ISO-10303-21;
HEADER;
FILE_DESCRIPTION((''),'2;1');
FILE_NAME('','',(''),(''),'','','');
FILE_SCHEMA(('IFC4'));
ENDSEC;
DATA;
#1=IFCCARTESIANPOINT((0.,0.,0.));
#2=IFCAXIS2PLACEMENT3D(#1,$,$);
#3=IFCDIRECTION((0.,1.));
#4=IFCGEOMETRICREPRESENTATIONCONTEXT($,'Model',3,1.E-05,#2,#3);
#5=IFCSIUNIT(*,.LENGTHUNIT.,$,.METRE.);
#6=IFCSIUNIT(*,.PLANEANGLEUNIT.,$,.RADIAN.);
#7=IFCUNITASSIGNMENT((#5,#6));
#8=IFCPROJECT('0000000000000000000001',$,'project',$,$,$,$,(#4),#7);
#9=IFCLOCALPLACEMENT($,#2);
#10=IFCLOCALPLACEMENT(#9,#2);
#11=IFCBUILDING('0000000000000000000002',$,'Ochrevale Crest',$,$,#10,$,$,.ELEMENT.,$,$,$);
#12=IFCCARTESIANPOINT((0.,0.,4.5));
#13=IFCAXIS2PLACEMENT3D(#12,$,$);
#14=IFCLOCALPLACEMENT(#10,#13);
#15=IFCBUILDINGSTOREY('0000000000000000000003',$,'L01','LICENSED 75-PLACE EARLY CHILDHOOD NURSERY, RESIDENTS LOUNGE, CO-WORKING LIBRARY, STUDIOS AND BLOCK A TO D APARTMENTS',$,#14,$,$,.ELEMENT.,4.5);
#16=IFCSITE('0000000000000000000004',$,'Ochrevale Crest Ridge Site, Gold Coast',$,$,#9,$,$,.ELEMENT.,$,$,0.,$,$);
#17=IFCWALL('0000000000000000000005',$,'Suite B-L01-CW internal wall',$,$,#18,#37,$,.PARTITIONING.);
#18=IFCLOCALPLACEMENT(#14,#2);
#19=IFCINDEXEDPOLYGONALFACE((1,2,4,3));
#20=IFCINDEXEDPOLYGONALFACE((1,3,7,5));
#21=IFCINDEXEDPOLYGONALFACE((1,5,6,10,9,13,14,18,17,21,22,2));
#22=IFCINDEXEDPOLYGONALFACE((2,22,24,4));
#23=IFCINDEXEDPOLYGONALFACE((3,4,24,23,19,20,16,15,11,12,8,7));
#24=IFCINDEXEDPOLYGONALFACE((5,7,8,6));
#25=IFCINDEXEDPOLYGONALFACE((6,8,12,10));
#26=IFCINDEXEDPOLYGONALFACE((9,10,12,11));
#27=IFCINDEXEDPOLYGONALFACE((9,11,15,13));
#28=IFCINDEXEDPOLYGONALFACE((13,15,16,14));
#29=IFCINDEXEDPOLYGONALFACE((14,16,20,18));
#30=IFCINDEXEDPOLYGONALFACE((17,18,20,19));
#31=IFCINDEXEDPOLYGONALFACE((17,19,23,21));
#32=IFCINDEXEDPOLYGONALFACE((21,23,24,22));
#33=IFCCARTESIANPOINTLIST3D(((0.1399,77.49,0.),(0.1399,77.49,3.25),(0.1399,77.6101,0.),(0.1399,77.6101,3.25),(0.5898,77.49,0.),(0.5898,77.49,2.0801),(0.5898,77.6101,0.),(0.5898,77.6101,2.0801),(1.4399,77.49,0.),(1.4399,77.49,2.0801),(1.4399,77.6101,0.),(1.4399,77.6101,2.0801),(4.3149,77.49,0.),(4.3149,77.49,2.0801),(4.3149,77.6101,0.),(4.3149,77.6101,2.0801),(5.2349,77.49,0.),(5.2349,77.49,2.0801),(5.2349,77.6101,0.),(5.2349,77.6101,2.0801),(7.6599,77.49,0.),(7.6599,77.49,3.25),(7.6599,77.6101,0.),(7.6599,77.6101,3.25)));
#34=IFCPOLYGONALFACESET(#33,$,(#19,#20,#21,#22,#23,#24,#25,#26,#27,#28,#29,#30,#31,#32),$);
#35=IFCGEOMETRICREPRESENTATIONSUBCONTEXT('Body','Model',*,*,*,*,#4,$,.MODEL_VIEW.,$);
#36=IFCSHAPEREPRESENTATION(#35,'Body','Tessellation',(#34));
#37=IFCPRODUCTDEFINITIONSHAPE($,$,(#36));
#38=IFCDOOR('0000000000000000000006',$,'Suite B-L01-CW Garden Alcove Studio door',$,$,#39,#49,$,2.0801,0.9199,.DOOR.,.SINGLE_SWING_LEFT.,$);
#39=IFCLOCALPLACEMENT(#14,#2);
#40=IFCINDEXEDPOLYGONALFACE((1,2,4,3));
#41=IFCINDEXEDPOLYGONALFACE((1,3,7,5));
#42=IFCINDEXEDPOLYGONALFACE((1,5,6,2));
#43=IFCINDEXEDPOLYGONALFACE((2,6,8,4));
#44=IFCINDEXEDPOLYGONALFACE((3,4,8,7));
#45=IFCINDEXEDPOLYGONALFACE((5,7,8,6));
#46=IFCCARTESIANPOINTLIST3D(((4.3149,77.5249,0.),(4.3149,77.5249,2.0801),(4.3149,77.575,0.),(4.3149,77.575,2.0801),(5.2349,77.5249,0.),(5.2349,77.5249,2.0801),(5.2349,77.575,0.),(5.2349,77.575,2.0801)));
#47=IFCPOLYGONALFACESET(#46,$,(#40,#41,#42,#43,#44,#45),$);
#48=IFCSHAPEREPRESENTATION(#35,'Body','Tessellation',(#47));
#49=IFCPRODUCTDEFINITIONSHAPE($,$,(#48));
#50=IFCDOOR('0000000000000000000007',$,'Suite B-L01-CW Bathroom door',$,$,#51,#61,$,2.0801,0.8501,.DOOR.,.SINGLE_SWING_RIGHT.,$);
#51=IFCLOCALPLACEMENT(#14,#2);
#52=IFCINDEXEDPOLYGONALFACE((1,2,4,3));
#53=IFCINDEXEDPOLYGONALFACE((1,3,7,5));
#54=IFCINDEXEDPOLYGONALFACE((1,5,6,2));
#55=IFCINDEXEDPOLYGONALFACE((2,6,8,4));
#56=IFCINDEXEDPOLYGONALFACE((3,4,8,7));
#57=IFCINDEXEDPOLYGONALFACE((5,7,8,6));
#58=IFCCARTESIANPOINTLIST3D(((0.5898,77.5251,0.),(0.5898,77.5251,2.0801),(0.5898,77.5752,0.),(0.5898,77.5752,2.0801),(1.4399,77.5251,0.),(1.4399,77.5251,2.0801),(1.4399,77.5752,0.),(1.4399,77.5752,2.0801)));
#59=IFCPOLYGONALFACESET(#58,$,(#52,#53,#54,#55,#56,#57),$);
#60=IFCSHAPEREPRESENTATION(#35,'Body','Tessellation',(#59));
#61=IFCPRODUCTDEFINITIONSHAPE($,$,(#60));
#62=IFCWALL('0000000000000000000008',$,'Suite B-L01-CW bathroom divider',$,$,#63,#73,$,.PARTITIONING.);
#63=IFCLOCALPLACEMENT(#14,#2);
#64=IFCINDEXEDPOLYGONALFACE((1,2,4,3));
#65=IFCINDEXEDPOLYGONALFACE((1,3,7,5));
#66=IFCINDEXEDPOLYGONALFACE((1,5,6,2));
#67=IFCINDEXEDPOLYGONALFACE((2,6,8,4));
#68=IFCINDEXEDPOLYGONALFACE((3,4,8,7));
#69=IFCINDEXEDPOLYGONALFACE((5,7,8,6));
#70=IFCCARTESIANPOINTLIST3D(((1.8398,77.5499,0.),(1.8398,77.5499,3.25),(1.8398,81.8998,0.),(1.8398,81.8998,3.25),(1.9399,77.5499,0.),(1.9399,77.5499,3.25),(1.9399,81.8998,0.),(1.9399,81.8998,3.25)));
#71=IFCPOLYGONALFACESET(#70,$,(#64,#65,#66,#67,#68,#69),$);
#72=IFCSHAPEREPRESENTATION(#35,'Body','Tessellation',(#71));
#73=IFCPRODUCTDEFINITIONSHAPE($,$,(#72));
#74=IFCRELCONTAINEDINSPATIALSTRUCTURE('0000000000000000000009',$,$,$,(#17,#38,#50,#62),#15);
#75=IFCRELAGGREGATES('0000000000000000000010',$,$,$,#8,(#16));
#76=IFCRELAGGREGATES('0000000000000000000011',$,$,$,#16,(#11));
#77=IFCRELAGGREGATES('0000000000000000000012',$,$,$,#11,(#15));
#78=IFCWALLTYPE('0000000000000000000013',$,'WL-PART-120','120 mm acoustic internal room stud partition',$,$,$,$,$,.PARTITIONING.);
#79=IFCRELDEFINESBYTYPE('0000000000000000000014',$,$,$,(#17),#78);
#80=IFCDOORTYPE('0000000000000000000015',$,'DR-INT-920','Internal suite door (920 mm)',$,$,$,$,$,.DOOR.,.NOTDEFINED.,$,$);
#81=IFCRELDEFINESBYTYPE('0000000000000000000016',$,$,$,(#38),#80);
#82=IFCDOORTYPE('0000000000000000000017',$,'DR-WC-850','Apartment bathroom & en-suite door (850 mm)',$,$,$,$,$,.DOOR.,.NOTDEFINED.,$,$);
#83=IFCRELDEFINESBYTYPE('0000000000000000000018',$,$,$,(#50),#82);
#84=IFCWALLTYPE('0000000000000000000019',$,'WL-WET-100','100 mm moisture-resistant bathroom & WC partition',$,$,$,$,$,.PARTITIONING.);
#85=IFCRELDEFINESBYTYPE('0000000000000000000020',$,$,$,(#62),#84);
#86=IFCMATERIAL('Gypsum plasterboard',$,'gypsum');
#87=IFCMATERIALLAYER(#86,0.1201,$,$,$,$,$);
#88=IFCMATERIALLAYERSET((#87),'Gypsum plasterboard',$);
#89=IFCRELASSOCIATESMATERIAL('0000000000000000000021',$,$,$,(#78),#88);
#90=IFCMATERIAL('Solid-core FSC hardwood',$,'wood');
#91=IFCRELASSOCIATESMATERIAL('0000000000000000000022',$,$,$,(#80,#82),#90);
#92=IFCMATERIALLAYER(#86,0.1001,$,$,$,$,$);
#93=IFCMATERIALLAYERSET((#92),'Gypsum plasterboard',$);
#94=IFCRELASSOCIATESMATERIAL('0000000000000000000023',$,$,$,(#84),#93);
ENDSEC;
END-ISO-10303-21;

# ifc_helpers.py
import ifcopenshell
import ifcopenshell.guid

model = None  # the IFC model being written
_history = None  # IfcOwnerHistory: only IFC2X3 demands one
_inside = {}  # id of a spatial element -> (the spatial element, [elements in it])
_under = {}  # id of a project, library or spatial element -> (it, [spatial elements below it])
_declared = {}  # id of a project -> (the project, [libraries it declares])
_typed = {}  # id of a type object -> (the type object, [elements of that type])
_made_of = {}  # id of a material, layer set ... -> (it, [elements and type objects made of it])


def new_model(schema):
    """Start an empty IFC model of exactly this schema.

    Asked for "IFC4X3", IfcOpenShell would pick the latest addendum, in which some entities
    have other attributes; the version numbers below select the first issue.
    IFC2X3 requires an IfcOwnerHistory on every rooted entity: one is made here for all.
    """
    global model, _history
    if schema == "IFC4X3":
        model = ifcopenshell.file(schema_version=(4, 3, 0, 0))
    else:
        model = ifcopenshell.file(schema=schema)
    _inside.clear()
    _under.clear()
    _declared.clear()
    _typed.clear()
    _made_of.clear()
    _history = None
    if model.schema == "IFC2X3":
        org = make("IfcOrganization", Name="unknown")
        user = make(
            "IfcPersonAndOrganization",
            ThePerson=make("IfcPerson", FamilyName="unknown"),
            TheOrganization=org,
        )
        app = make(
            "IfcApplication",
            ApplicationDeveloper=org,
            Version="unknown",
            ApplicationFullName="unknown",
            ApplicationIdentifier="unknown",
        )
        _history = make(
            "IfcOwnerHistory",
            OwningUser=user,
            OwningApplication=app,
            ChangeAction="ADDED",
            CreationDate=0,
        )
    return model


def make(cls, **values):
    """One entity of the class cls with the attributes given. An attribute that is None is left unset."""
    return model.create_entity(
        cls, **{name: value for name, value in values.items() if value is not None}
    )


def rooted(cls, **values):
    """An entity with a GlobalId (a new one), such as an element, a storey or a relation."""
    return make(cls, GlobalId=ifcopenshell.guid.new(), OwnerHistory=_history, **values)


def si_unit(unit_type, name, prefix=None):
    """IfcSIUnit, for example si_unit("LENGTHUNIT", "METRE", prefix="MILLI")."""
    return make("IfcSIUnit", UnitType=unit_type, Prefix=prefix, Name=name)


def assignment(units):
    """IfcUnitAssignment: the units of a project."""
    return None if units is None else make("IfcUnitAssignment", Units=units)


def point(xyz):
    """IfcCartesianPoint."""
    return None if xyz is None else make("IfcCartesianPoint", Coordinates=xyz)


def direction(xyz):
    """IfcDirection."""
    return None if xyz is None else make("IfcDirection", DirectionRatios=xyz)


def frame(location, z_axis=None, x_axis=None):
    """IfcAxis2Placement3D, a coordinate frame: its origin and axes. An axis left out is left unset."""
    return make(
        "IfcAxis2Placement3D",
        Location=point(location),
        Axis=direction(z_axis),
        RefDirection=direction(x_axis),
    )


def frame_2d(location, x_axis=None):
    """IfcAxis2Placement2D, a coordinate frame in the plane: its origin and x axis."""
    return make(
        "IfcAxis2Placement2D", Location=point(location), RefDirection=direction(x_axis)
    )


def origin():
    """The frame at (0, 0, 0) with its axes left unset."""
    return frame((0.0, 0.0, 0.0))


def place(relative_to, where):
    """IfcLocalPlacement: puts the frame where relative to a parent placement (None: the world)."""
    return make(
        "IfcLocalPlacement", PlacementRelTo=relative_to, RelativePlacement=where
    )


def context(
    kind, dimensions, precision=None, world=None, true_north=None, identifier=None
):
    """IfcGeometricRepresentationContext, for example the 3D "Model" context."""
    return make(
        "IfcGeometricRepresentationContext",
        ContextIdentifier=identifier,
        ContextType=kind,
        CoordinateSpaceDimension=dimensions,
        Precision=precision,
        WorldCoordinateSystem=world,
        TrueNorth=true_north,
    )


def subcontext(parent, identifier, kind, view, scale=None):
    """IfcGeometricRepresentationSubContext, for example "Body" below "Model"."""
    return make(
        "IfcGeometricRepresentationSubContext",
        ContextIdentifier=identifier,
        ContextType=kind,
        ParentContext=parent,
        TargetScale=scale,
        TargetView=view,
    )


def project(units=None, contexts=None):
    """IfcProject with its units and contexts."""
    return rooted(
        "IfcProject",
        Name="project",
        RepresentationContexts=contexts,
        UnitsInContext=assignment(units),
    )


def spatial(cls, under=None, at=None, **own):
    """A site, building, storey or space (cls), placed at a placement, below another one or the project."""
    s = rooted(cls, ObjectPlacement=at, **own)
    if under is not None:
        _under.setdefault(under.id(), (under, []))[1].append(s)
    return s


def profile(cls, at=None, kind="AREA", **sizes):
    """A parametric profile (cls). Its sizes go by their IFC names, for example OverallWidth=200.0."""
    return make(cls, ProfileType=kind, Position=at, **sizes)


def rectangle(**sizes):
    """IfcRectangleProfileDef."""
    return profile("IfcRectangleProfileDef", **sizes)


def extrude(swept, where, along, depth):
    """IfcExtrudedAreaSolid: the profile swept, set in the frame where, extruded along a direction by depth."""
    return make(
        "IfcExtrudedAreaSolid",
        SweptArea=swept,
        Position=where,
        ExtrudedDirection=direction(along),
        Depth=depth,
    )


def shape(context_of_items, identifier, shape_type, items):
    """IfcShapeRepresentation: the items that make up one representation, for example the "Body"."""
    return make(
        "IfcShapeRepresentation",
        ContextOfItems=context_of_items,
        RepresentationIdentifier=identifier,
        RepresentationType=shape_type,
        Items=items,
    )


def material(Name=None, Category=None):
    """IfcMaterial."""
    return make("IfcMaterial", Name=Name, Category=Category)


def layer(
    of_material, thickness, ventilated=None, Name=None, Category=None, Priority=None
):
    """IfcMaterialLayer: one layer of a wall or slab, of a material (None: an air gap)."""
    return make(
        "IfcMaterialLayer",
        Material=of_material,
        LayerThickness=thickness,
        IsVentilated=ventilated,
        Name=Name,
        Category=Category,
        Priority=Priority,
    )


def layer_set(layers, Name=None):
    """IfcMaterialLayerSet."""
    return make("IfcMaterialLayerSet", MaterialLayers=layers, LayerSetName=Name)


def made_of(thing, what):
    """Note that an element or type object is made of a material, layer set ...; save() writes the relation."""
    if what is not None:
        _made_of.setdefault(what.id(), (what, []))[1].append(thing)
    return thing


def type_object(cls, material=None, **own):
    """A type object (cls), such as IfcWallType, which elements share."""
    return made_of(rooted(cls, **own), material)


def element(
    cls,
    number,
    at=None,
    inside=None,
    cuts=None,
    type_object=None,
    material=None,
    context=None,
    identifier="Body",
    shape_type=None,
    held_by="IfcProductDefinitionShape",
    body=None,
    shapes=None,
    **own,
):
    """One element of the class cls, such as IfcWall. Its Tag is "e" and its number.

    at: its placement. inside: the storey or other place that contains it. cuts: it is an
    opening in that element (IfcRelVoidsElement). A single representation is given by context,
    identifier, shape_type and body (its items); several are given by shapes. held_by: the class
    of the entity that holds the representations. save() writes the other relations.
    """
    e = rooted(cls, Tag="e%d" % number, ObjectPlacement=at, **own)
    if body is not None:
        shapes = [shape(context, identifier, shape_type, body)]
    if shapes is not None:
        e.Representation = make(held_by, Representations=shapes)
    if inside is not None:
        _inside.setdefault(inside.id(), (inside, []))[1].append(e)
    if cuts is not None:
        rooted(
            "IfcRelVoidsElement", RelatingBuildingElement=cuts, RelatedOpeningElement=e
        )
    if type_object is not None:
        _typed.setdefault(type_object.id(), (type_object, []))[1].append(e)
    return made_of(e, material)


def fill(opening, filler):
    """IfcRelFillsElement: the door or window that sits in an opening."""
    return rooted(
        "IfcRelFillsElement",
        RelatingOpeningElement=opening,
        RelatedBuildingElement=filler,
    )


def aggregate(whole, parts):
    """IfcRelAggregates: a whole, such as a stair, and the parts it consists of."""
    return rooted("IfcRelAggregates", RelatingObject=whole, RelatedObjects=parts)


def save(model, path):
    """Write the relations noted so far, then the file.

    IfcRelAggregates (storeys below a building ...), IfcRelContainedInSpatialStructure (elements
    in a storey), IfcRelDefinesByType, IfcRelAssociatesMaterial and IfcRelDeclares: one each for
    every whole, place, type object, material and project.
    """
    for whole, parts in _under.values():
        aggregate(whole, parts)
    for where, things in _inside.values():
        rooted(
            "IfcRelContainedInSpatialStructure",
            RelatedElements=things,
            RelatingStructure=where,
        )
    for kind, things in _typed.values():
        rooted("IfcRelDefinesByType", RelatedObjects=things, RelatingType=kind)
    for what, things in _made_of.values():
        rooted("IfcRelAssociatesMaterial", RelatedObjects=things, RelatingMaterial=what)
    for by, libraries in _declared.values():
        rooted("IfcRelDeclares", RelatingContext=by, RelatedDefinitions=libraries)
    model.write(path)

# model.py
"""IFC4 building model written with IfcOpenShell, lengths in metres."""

from ifc_helpers import new_model, si_unit, direction, frame, frame_2d, origin, place, context, subcontext, project, spatial, rectangle, extrude, material, layer, layer_set, type_object, element, fill, save


model = new_model("IFC4")

# Units and contexts
model_context = context("Model", 3, precision=1e-05, world=origin(), true_north=direction((0.0, 1.0)))
body_context = subcontext(model_context, "Body", "Model", "MODEL_VIEW")
ifc_project = project(units=[si_unit("LENGTHUNIT", "METRE"), si_unit("PLANEANGLEUNIT", "RADIAN")], contexts=[model_context])

# Site, building, storey
site_placement = place(None, origin())
site = spatial("IfcSite", under=ifc_project, at=site_placement, Name="Ochrevale Crest Ridge Site, Gold Coast", CompositionType="ELEMENT", RefElevation=0.0)
building_placement = place(site_placement, origin())
building = spatial("IfcBuilding", under=site, at=building_placement, Name="Ochrevale Crest", CompositionType="ELEMENT")
storey_placement = place(building_placement, frame((0.0, 0.0, 4.5)))
storey = spatial("IfcBuildingStorey", under=building, at=storey_placement, Name="L01", Description="LICENSED 75-PLACE EARLY CHILDHOOD NURSERY, RESIDENTS LOUNGE, CO-WORKING LIBRARY, STUDIOS AND BLOCK A TO D APARTMENTS", CompositionType="ELEMENT", Elevation=4.5)

# Wall, openings, doors
ifc_material_1 = material(Name="Gypsum plasterboard", Category="gypsum")
ifc_layer_1 = layer(ifc_material_1, 0.1201)
ifc_layer_set_1 = layer_set([ifc_layer_1], Name="Gypsum plasterboard")
wall_type_1 = type_object("IfcWallType", Name="WL-PART-120", Description="120 mm acoustic internal room stud partition", PredefinedType="PARTITIONING", material=ifc_layer_set_1)
wall_1_placement = place(storey_placement, frame((0.1399, 77.55, 0.0), z_axis=(0.0, 0.0, 1.0), x_axis=(1.0, 0.0, 0.0)))
wall_1 = element("IfcWall", 1, at=wall_1_placement, inside=storey, type_object=wall_type_1, Name="Suite B-L01-CW internal wall", PredefinedType="PARTITIONING", context=body_context, shape_type="SweptSolid", body=[
    extrude(rectangle(XDim=7.52, YDim=0.1201, at=frame_2d((3.76, 0.0))), origin(), (0.0, 0.0, 1.0), 3.25),
])
opening_1_placement = place(wall_1_placement, frame((1.3, 0.0, 0.0), z_axis=(0.0, 0.0, 1.0), x_axis=(-1.0, 0.0, 0.0)))
opening_1 = element("IfcOpeningElement", 2, at=opening_1_placement, cuts=wall_1, PredefinedType="OPENING", context=body_context, shape_type="SweptSolid", body=[
    extrude(rectangle(XDim=0.8501, YDim=2.0801, at=frame_2d((0.425, 1.04))), frame((0.0, 0.0701, 0.0), z_axis=(0.0, -1.0, 0.0), x_axis=(1.0, 0.0, 0.0)), (0.0, 0.0, 1.0), 0.1401),
])
opening_2_placement = place(wall_1_placement, frame((4.175, 0.0, 0.0)))
opening_2 = element("IfcOpeningElement", 3, at=opening_2_placement, cuts=wall_1, PredefinedType="OPENING", context=body_context, shape_type="SweptSolid", body=[
    extrude(rectangle(XDim=0.9199, YDim=2.0801, at=frame_2d((0.46, 1.04))), frame((0.0, 0.0701, 0.0), z_axis=(0.0, -1.0, 0.0), x_axis=(1.0, 0.0, 0.0)), (0.0, 0.0, 1.0), 0.1401),
])
ifc_material_2 = material(Name="Solid-core FSC hardwood", Category="wood")
door_type_1 = type_object("IfcDoorType", Name="DR-INT-920", Description="Internal suite door (920 mm)", OperationType="NOTDEFINED", PredefinedType="DOOR", material=ifc_material_2)
door_1_placement = place(opening_2_placement, origin())
door_1 = element("IfcDoor", 4, at=door_1_placement, inside=storey, type_object=door_type_1, Name="Suite B-L01-CW Garden Alcove Studio door", OperationType="SINGLE_SWING_LEFT", OverallHeight=2.0801, OverallWidth=0.9199, PredefinedType="DOOR", context=body_context, shape_type="SweptSolid", body=[
    extrude(rectangle(XDim=0.9199, YDim=2.0801, at=frame_2d((0.46, 1.04))), frame((0.0, 0.0249, 0.0), z_axis=(0.0, -1.0, 0.0), x_axis=(1.0, 0.0, 0.0)), (0.0, 0.0, 1.0), 0.05),
])
fill(opening_2, door_1)
door_type_2 = type_object("IfcDoorType", Name="DR-WC-850", Description="Apartment bathroom & en-suite door (850 mm)", OperationType="NOTDEFINED", PredefinedType="DOOR", material=ifc_material_2)
door_2_placement = place(opening_1_placement, origin())
door_2 = element("IfcDoor", 5, at=door_2_placement, inside=storey, type_object=door_type_2, Name="Suite B-L01-CW Bathroom door", OperationType="SINGLE_SWING_RIGHT", OverallHeight=2.0801, OverallWidth=0.8501, PredefinedType="DOOR", context=body_context, shape_type="SweptSolid", body=[
    extrude(rectangle(XDim=0.8501, YDim=2.0801, at=frame_2d((0.425, 1.04))), frame((0.0, 0.0249, 0.0), z_axis=(0.0, -1.0, 0.0), x_axis=(1.0, 0.0, 0.0)), (0.0, 0.0, 1.0), 0.05),
])
fill(opening_1, door_2)

# Wall
ifc_layer_2 = layer(ifc_material_1, 0.1001)
ifc_layer_set_2 = layer_set([ifc_layer_2], Name="Gypsum plasterboard")
wall_type_2 = type_object("IfcWallType", Name="WL-WET-100", Description="100 mm moisture-resistant bathroom & WC partition", PredefinedType="PARTITIONING", material=ifc_layer_set_2)
wall_2_placement = place(storey_placement, frame((1.8899, 77.55, 0.0), z_axis=(0.0, 0.0, 1.0), x_axis=(0.0, 1.0, 0.0)))
element("IfcWall", 6, at=wall_2_placement, inside=storey, type_object=wall_type_2, Name="Suite B-L01-CW bathroom divider", PredefinedType="PARTITIONING", context=body_context, shape_type="SweptSolid", body=[
    extrude(rectangle(XDim=4.3499, YDim=0.1001, at=frame_2d((2.1748, 0.0))), origin(), (0.0, 0.0, 1.0), 3.25),
])

save(model, "model.ifc")
